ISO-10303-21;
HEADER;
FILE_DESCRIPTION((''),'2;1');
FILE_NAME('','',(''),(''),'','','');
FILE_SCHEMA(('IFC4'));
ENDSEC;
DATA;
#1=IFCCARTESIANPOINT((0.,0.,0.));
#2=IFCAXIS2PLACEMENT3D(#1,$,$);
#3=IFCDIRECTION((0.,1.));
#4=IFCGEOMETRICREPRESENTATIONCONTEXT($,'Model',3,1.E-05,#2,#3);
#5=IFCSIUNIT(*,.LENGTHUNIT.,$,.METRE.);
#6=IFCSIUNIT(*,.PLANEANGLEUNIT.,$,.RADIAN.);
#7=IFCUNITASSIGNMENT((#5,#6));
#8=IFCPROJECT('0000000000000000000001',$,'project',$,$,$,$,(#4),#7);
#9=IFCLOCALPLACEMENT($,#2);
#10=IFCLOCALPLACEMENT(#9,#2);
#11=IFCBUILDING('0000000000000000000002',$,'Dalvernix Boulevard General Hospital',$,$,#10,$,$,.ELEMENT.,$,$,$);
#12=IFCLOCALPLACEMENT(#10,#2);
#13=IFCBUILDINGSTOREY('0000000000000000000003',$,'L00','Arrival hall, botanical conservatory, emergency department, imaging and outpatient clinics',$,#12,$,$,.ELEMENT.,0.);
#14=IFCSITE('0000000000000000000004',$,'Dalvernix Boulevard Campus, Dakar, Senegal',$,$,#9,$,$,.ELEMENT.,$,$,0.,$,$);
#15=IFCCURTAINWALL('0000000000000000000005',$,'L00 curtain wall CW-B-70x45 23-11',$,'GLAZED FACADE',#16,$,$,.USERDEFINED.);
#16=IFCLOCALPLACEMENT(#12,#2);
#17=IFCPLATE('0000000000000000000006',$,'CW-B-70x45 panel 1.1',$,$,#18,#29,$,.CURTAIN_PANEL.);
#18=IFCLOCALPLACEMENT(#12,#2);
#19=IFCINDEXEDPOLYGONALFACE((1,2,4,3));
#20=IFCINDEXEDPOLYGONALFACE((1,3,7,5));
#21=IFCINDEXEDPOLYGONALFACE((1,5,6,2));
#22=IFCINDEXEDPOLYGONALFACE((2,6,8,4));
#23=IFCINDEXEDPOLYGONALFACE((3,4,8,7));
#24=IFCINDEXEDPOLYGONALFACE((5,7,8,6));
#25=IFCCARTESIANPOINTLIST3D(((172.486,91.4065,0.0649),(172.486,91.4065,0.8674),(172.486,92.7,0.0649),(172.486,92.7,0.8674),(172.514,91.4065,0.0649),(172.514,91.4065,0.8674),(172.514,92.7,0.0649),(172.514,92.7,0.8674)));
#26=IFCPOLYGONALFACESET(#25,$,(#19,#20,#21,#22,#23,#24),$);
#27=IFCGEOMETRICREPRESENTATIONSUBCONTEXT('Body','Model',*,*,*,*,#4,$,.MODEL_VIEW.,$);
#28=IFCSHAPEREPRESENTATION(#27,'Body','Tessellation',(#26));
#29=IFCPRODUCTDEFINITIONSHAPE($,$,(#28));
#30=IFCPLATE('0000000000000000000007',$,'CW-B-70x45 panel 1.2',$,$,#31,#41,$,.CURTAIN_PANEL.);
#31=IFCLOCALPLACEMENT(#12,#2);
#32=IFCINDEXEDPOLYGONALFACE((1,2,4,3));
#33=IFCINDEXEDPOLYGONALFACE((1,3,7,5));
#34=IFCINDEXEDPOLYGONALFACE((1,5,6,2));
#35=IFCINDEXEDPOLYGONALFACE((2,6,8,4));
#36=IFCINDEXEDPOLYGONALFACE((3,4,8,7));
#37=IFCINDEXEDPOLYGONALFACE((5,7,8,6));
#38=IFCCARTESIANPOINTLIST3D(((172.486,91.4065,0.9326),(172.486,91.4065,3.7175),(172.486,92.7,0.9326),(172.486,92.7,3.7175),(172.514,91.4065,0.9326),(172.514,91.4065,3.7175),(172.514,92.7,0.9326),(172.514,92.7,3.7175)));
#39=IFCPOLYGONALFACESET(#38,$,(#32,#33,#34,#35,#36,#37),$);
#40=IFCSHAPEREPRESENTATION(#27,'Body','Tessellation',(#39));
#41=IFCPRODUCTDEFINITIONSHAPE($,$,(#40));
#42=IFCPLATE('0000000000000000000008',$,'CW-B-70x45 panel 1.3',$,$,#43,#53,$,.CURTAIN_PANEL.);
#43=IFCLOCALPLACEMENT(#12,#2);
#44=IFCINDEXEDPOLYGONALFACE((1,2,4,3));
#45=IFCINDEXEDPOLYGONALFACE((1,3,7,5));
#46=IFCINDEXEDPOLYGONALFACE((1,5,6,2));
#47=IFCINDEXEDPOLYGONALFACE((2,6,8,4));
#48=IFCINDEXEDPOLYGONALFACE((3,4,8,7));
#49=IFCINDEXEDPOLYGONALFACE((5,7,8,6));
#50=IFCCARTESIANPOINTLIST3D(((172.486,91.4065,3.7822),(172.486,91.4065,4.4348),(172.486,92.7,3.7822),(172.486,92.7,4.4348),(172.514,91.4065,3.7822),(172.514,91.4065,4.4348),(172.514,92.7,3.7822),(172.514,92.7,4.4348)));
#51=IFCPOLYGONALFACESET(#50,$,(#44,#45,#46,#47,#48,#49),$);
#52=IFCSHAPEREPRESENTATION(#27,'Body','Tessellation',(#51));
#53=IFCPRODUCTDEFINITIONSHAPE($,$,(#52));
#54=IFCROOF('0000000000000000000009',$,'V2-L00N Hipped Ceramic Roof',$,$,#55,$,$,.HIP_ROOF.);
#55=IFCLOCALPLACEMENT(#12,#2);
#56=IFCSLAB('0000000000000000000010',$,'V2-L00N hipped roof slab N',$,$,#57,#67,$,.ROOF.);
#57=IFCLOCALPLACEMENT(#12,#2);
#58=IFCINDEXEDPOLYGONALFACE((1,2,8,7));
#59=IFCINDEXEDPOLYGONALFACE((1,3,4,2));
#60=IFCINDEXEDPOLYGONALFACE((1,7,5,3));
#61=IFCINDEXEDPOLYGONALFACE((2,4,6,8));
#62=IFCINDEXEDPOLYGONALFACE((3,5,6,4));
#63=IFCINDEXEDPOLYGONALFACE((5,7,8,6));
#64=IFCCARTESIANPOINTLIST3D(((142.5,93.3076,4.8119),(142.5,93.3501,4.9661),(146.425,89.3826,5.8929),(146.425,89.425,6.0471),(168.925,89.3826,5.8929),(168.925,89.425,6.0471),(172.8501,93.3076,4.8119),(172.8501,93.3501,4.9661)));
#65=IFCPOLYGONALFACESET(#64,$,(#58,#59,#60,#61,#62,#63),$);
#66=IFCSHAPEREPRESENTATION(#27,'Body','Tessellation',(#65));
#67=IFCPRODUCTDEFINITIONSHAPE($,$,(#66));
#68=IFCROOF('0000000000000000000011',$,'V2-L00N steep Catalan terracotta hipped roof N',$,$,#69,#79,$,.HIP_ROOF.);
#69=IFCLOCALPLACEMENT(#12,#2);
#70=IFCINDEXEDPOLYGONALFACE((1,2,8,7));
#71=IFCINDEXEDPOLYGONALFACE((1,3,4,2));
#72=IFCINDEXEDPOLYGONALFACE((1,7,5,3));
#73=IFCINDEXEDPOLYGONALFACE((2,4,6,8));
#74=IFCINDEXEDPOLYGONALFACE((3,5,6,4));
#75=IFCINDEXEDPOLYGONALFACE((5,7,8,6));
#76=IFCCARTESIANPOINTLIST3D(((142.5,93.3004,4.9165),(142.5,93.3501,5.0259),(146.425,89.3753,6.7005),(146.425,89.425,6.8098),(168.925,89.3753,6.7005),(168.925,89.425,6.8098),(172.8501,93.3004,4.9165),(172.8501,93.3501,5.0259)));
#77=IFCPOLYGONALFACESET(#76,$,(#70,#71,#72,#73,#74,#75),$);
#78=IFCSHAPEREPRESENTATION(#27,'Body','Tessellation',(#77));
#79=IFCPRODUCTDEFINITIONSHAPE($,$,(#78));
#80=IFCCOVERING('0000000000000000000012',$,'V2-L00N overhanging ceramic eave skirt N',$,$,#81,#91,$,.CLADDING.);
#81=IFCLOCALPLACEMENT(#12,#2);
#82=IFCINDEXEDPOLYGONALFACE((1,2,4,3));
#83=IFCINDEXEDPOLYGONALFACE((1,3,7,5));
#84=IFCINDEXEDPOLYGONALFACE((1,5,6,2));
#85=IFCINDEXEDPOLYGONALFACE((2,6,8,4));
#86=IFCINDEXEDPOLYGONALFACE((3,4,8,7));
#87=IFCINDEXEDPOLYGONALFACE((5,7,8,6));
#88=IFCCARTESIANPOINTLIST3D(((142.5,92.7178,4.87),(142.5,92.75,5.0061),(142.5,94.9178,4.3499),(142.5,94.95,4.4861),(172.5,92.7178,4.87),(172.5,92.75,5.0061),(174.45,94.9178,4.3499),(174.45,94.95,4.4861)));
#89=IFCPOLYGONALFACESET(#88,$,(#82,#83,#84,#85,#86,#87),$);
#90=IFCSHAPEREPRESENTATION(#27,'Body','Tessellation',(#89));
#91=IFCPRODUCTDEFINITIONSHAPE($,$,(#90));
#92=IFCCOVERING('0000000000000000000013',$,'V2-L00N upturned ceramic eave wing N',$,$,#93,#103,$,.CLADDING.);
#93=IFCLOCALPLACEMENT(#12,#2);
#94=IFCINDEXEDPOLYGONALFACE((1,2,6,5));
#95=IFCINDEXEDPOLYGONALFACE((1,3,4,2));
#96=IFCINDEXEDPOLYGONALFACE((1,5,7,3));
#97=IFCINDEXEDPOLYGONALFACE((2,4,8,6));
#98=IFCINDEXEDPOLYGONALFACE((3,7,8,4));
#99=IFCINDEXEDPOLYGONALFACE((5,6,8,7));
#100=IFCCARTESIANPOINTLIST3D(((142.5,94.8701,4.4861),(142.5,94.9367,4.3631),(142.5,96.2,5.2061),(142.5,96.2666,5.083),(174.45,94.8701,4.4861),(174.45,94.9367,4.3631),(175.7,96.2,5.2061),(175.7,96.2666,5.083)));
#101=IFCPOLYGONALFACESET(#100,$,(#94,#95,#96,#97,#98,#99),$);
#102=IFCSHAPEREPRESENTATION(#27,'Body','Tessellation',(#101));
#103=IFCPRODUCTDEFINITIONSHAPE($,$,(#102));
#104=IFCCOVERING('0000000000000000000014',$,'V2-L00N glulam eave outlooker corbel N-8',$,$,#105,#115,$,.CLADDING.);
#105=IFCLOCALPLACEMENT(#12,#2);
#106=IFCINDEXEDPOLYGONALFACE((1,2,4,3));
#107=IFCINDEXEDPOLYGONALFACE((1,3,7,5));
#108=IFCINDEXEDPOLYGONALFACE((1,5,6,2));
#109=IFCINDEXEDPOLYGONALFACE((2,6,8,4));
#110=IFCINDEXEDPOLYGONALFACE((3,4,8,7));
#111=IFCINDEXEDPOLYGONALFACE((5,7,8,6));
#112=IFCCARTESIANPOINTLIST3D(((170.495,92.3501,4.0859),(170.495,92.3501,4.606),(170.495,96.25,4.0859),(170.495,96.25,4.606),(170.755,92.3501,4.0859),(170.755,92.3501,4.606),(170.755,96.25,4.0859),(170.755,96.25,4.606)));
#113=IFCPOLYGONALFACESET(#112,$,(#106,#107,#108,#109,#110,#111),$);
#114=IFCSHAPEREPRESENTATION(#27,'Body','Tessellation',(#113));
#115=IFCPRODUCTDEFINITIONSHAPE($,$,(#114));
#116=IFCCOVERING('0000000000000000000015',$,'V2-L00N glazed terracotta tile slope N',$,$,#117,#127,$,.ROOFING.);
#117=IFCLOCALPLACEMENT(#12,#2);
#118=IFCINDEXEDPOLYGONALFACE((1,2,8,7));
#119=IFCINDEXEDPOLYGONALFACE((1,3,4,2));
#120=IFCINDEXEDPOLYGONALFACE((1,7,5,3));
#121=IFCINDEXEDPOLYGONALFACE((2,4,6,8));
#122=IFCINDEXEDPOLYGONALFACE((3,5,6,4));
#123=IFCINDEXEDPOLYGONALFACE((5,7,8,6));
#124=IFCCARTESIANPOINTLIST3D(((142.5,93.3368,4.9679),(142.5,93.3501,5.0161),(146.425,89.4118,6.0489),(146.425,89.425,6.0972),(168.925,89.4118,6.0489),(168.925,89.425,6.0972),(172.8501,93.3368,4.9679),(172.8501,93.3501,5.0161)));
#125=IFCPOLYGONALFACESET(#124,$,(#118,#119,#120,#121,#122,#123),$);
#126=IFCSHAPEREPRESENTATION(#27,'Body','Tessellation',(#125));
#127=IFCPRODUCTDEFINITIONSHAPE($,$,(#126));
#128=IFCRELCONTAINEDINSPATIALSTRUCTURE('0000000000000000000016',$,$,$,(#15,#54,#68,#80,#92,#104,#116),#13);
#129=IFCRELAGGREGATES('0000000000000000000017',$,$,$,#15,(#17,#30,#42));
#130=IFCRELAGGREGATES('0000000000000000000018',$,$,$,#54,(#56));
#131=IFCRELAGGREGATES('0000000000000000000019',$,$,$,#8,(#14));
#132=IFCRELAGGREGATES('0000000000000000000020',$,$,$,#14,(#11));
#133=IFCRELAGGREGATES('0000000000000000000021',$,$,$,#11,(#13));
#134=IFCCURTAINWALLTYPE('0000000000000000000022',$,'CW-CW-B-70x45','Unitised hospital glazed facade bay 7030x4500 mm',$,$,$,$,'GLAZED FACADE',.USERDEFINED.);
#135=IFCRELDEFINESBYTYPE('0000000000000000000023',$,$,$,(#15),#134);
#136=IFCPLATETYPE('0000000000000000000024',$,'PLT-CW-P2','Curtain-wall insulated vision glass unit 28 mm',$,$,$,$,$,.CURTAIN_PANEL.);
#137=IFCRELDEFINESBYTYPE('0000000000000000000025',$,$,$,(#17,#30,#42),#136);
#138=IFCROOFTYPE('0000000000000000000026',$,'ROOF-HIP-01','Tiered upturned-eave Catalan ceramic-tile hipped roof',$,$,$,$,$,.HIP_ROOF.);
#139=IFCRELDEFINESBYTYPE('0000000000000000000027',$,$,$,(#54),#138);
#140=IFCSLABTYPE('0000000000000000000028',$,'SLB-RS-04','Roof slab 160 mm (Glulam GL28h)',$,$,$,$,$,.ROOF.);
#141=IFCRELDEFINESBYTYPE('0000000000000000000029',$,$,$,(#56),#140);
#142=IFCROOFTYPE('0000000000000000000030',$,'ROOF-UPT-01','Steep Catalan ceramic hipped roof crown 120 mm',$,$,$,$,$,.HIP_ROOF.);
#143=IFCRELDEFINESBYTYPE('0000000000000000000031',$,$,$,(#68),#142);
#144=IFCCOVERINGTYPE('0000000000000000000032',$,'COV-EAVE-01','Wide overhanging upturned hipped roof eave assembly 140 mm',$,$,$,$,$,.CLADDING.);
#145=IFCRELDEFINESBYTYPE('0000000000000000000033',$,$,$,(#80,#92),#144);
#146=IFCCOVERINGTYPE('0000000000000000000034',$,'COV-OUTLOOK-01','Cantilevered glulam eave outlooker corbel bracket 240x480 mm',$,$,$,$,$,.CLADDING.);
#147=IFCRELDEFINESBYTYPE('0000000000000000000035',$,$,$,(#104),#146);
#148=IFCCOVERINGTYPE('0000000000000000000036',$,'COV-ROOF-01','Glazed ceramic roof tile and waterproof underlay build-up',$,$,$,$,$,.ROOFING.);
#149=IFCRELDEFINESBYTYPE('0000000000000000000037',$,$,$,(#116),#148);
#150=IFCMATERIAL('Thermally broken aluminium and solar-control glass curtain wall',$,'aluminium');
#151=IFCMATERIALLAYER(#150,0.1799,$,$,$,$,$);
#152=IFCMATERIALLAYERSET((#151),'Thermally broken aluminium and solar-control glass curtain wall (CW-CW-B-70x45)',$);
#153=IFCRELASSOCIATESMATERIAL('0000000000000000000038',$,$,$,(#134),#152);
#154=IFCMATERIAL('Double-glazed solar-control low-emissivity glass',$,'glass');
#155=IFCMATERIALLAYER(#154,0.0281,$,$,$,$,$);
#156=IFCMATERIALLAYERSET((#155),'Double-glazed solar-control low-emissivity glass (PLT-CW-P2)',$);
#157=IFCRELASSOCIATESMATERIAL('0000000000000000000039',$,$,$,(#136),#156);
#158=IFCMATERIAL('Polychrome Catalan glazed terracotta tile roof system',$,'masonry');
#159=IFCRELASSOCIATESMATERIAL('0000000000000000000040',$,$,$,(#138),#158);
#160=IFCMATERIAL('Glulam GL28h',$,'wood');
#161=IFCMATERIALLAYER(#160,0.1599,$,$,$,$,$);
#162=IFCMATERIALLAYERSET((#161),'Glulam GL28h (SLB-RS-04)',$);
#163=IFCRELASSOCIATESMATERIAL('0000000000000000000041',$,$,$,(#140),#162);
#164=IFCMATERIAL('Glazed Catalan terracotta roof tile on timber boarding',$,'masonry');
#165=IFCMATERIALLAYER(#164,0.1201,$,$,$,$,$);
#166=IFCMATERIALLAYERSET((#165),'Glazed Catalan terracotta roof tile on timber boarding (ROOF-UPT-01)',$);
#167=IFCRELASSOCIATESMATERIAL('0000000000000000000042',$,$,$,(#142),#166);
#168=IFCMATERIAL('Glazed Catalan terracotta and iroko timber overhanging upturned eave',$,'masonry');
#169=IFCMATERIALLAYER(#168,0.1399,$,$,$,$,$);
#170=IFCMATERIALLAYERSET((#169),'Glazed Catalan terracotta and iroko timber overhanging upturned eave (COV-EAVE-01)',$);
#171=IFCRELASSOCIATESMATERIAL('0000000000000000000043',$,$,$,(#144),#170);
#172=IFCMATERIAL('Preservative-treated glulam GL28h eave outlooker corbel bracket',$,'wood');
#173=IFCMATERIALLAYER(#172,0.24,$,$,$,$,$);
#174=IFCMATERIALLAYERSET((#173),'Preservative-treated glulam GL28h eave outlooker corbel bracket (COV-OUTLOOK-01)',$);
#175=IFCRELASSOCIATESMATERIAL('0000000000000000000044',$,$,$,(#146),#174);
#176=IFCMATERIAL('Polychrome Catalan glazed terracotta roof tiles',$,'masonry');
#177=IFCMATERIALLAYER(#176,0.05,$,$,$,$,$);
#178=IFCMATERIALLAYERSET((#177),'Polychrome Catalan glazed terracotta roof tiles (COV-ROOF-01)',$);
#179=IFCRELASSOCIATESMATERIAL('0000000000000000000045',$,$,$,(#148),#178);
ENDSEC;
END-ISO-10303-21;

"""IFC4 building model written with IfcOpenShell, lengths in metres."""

from ifc_helpers import new_model, si_unit, direction, frame, origin, origin_2d, place, context, subcontext, project, spatial, polyline, rectangle, outline, extrude, material, layer, layer_set, type_object, element, aggregate, save


model = new_model("IFC4")

# Units and contexts
model_context = context("Model", 3, precision=1e-05, world=origin(), true_north=direction((0.0, 1.0)))
body_context = subcontext(model_context, "Body", "Model", "MODEL_VIEW")
ifc_project = project(units=[si_unit("LENGTHUNIT", "METRE"), si_unit("PLANEANGLEUNIT", "RADIAN")], contexts=[model_context])

# Site, building, storey
site_placement = place(None, origin())
site = spatial("IfcSite", under=ifc_project, at=site_placement, Name="Dalvernix Boulevard Campus, Dakar, Senegal", CompositionType="ELEMENT", RefElevation=0.0)
building_placement = place(site_placement, origin())
building = spatial("IfcBuilding", under=site, at=building_placement, Name="Dalvernix Boulevard General Hospital", CompositionType="ELEMENT")
storey_placement = place(building_placement, origin())
storey = spatial("IfcBuildingStorey", under=building, at=storey_placement, Name="L00", Description="Arrival hall, botanical conservatory, emergency department, imaging and outpatient clinics", CompositionType="ELEMENT", Elevation=0.0)

# Curtain wall
ifc_material_1 = material(Name="Thermally broken aluminium and solar-control glass curtain wall", Category="aluminium")
ifc_layer_1 = layer(ifc_material_1, 0.1799)
ifc_layer_set_1 = layer_set([ifc_layer_1], Name="Thermally broken aluminium and solar-control glass curtain wall (CW-CW-B-70x45)")
curtain_wall_type = type_object("IfcCurtainWallType", Name="CW-CW-B-70x45", Description="Unitised hospital glazed facade bay 7030x4500 mm", ElementType="GLAZED FACADE", PredefinedType="USERDEFINED", material=ifc_layer_set_1)
curtain_wall_1_placement = place(storey_placement, origin())
curtain_wall_1 = element("IfcCurtainWall", 1, at=curtain_wall_1_placement, inside=storey, type_object=curtain_wall_type, Name="L00 curtain wall CW-B-70x45 23-11", ObjectType="GLAZED FACADE", PredefinedType="USERDEFINED")

# Plates
ifc_material_2 = material(Name="Double-glazed solar-control low-emissivity glass", Category="glass")
ifc_layer_2 = layer(ifc_material_2, 0.0281)
ifc_layer_set_2 = layer_set([ifc_layer_2], Name="Double-glazed solar-control low-emissivity glass (PLT-CW-P2)")
plate_type = type_object("IfcPlateType", Name="PLT-CW-P2", Description="Curtain-wall insulated vision glass unit 28 mm", PredefinedType="CURTAIN_PANEL", material=ifc_layer_set_2)
plate_1_placement = place(storey_placement, frame((172.5, 92.0532, 0.0649), z_axis=(0.0, 0.0, 1.0), x_axis=(0.0, -1.0, 0.0)))
plate_1 = element("IfcPlate", 2, at=plate_1_placement, type_object=plate_type, Name="CW-B-70x45 panel 1.1", PredefinedType="CURTAIN_PANEL", context=body_context, shape_type="SweptSolid", body=[
    extrude(rectangle(XDim=1.2935, YDim=0.0281, at=origin_2d()), origin(), (0.0, 0.0, 1.0), 0.8025),
])
plate_2_placement = place(storey_placement, frame((172.5, 92.0532, 0.9326), z_axis=(0.0, 0.0, 1.0), x_axis=(0.0, -1.0, 0.0)))
plate_2 = element("IfcPlate", 3, at=plate_2_placement, type_object=plate_type, Name="CW-B-70x45 panel 1.2", PredefinedType="CURTAIN_PANEL", context=body_context, shape_type="SweptSolid", body=[
    extrude(rectangle(XDim=1.2935, YDim=0.0281, at=origin_2d()), origin(), (0.0, 0.0, 1.0), 2.7849),
])
plate_3_placement = place(storey_placement, frame((172.5, 92.0532, 3.7822), z_axis=(0.0, 0.0, 1.0), x_axis=(0.0, -1.0, 0.0)))
plate_3 = element("IfcPlate", 4, at=plate_3_placement, type_object=plate_type, Name="CW-B-70x45 panel 1.3", PredefinedType="CURTAIN_PANEL", context=body_context, shape_type="SweptSolid", body=[
    extrude(rectangle(XDim=1.2935, YDim=0.0281, at=origin_2d()), origin(), (0.0, 0.0, 1.0), 0.6526),
])
aggregate(curtain_wall_1, [plate_1, plate_2, plate_3])

# Roof, slab
ifc_material_3 = material(Name="Polychrome Catalan glazed terracotta tile roof system", Category="masonry")
roof_type_1 = type_object("IfcRoofType", Name="ROOF-HIP-01", Description="Tiered upturned-eave Catalan ceramic-tile hipped roof", PredefinedType="HIP_ROOF", material=ifc_material_3)
roof_1_placement = place(storey_placement, origin())
roof_1 = element("IfcRoof", 5, at=roof_1_placement, inside=storey, type_object=roof_type_1, Name="V2-L00N Hipped Ceramic Roof", PredefinedType="HIP_ROOF")
ifc_material_4 = material(Name="Glulam GL28h", Category="wood")
ifc_layer_3 = layer(ifc_material_4, 0.1599)
ifc_layer_set_3 = layer_set([ifc_layer_3], Name="Glulam GL28h (SLB-RS-04)")
slab_type = type_object("IfcSlabType", Name="SLB-RS-04", Description="Roof slab 160 mm (Glulam GL28h)", PredefinedType="ROOF", material=ifc_layer_set_3)
slab_placement = place(storey_placement, frame((172.8501, 93.3501, 4.9661), z_axis=(0.0, 0.265537, 0.964101), x_axis=(-1.0, 0.0, 0.0)))
slab = element("IfcSlab", 6, at=slab_placement, type_object=slab_type, Name="V2-L00N hipped roof slab N", PredefinedType="ROOF", context=body_context, shape_type="SweptSolid", body=[
    extrude(outline(polyline([(0.0, 0.0), (30.3501, 0.0), (26.425, 4.0712), (3.925, 4.0712), (0.0, 0.0)])), origin(), (0.0, 0.0, -1.0), 0.1599),
])
aggregate(roof_1, [slab])

# Roof
ifc_material_5 = material(Name="Glazed Catalan terracotta roof tile on timber boarding", Category="masonry")
ifc_layer_4 = layer(ifc_material_5, 0.1201)
ifc_layer_set_4 = layer_set([ifc_layer_4], Name="Glazed Catalan terracotta roof tile on timber boarding (ROOF-UPT-01)")
roof_type_2 = type_object("IfcRoofType", Name="ROOF-UPT-01", Description="Steep Catalan ceramic hipped roof crown 120 mm", PredefinedType="HIP_ROOF", material=ifc_layer_set_4)
roof_2_placement = place(storey_placement, frame((172.8501, 93.3501, 5.0259), z_axis=(0.0, 0.413769, 0.910382), x_axis=(-1.0, 0.0, 0.0)))
element("IfcRoof", 7, at=roof_2_placement, inside=storey, type_object=roof_type_2, Name="V2-L00N steep Catalan terracotta hipped roof N", PredefinedType="HIP_ROOF", context=body_context, shape_type="SweptSolid", body=[
    extrude(outline(polyline([(0.0, 0.0), (30.3501, 0.0), (26.425, 4.3114), (3.925, 4.3114), (0.0, 0.0)])), origin(), (0.0, 0.0, -1.0), 0.1201),
])

# Coverings
ifc_material_6 = material(Name="Glazed Catalan terracotta and iroko timber overhanging upturned eave", Category="masonry")
ifc_layer_5 = layer(ifc_material_6, 0.1399)
ifc_layer_set_5 = layer_set([ifc_layer_5], Name="Glazed Catalan terracotta and iroko timber overhanging upturned eave (COV-EAVE-01)")
covering_type_1 = type_object("IfcCoveringType", Name="COV-EAVE-01", Description="Wide overhanging upturned hipped roof eave assembly 140 mm", PredefinedType="CLADDING", material=ifc_layer_set_5)
covering_1_placement = place(storey_placement, frame((172.5, 92.75, 5.0061), z_axis=(0.0, 0.230038, 0.973182), x_axis=(-1.0, 0.0, 0.0)))
element("IfcCovering", 8, at=covering_1_placement, inside=storey, type_object=covering_type_1, Name="V2-L00N overhanging ceramic eave skirt N", PredefinedType="CLADDING", context=body_context, shape_type="SweptSolid", body=[
    extrude(outline(polyline([(0.0, 0.0), (30.0, 0.0), (30.0, -2.2606), (-1.95, -2.2606), (0.0, 0.0)])), origin(), (0.0, 0.0, -1.0), 0.1399),
])
covering_2_placement = place(storey_placement, frame((174.45, 94.8701, 4.4861), z_axis=(0.0, -0.476101, 0.879391), x_axis=(-1.0, 0.0, 0.0)))
element("IfcCovering", 9, at=covering_2_placement, inside=storey, type_object=covering_type_1, Name="V2-L00N upturned ceramic eave wing N", PredefinedType="CLADDING", context=body_context, shape_type="SweptSolid", body=[
    extrude(outline(polyline([(0.0, 0.0), (31.95, 0.0), (31.95, -1.5122), (-1.25, -1.5122), (0.0, 0.0)])), origin(), (0.0, 0.0, -1.0), 0.1399),
])
ifc_material_7 = material(Name="Preservative-treated glulam GL28h eave outlooker corbel bracket", Category="wood")
ifc_layer_6 = layer(ifc_material_7, 0.24)
ifc_layer_set_6 = layer_set([ifc_layer_6], Name="Preservative-treated glulam GL28h eave outlooker corbel bracket (COV-OUTLOOK-01)")
covering_type_2 = type_object("IfcCoveringType", Name="COV-OUTLOOK-01", Description="Cantilevered glulam eave outlooker corbel bracket 240x480 mm", PredefinedType="CLADDING", material=ifc_layer_set_6)
covering_3_placement = place(storey_placement, frame((170.625, 94.3, 4.0859), z_axis=(0.0, 0.0, 1.0), x_axis=(1.0, 0.0, 0.0)))
element("IfcCovering", 10, at=covering_3_placement, inside=storey, type_object=covering_type_2, Name="V2-L00N glulam eave outlooker corbel N-8", PredefinedType="CLADDING", context=body_context, shape_type="SweptSolid", body=[
    extrude(rectangle(XDim=0.26, YDim=3.8999, at=origin_2d()), origin(), (0.0, 0.0, 1.0), 0.52),
])
ifc_material_8 = material(Name="Polychrome Catalan glazed terracotta roof tiles", Category="masonry")
ifc_layer_7 = layer(ifc_material_8, 0.05)
ifc_layer_set_7 = layer_set([ifc_layer_7], Name="Polychrome Catalan glazed terracotta roof tiles (COV-ROOF-01)")
covering_type_3 = type_object("IfcCoveringType", Name="COV-ROOF-01", Description="Glazed ceramic roof tile and waterproof underlay build-up", PredefinedType="ROOFING", material=ifc_layer_set_7)
covering_4_placement = place(storey_placement, frame((172.8501, 93.3501, 5.0161), z_axis=(0.0, 0.265537, 0.964101), x_axis=(-1.0, 0.0, 0.0)))
element("IfcCovering", 11, at=covering_4_placement, inside=storey, type_object=covering_type_3, Name="V2-L00N glazed terracotta tile slope N", PredefinedType="ROOFING", context=body_context, shape_type="SweptSolid", body=[
    extrude(outline(polyline([(0.0, 0.0), (30.3501, 0.0), (26.425, 4.0712), (3.925, 4.0712), (0.0, 0.0)])), origin(), (0.0, 0.0, -1.0), 0.05),
])

save(model, "model.ifc")
